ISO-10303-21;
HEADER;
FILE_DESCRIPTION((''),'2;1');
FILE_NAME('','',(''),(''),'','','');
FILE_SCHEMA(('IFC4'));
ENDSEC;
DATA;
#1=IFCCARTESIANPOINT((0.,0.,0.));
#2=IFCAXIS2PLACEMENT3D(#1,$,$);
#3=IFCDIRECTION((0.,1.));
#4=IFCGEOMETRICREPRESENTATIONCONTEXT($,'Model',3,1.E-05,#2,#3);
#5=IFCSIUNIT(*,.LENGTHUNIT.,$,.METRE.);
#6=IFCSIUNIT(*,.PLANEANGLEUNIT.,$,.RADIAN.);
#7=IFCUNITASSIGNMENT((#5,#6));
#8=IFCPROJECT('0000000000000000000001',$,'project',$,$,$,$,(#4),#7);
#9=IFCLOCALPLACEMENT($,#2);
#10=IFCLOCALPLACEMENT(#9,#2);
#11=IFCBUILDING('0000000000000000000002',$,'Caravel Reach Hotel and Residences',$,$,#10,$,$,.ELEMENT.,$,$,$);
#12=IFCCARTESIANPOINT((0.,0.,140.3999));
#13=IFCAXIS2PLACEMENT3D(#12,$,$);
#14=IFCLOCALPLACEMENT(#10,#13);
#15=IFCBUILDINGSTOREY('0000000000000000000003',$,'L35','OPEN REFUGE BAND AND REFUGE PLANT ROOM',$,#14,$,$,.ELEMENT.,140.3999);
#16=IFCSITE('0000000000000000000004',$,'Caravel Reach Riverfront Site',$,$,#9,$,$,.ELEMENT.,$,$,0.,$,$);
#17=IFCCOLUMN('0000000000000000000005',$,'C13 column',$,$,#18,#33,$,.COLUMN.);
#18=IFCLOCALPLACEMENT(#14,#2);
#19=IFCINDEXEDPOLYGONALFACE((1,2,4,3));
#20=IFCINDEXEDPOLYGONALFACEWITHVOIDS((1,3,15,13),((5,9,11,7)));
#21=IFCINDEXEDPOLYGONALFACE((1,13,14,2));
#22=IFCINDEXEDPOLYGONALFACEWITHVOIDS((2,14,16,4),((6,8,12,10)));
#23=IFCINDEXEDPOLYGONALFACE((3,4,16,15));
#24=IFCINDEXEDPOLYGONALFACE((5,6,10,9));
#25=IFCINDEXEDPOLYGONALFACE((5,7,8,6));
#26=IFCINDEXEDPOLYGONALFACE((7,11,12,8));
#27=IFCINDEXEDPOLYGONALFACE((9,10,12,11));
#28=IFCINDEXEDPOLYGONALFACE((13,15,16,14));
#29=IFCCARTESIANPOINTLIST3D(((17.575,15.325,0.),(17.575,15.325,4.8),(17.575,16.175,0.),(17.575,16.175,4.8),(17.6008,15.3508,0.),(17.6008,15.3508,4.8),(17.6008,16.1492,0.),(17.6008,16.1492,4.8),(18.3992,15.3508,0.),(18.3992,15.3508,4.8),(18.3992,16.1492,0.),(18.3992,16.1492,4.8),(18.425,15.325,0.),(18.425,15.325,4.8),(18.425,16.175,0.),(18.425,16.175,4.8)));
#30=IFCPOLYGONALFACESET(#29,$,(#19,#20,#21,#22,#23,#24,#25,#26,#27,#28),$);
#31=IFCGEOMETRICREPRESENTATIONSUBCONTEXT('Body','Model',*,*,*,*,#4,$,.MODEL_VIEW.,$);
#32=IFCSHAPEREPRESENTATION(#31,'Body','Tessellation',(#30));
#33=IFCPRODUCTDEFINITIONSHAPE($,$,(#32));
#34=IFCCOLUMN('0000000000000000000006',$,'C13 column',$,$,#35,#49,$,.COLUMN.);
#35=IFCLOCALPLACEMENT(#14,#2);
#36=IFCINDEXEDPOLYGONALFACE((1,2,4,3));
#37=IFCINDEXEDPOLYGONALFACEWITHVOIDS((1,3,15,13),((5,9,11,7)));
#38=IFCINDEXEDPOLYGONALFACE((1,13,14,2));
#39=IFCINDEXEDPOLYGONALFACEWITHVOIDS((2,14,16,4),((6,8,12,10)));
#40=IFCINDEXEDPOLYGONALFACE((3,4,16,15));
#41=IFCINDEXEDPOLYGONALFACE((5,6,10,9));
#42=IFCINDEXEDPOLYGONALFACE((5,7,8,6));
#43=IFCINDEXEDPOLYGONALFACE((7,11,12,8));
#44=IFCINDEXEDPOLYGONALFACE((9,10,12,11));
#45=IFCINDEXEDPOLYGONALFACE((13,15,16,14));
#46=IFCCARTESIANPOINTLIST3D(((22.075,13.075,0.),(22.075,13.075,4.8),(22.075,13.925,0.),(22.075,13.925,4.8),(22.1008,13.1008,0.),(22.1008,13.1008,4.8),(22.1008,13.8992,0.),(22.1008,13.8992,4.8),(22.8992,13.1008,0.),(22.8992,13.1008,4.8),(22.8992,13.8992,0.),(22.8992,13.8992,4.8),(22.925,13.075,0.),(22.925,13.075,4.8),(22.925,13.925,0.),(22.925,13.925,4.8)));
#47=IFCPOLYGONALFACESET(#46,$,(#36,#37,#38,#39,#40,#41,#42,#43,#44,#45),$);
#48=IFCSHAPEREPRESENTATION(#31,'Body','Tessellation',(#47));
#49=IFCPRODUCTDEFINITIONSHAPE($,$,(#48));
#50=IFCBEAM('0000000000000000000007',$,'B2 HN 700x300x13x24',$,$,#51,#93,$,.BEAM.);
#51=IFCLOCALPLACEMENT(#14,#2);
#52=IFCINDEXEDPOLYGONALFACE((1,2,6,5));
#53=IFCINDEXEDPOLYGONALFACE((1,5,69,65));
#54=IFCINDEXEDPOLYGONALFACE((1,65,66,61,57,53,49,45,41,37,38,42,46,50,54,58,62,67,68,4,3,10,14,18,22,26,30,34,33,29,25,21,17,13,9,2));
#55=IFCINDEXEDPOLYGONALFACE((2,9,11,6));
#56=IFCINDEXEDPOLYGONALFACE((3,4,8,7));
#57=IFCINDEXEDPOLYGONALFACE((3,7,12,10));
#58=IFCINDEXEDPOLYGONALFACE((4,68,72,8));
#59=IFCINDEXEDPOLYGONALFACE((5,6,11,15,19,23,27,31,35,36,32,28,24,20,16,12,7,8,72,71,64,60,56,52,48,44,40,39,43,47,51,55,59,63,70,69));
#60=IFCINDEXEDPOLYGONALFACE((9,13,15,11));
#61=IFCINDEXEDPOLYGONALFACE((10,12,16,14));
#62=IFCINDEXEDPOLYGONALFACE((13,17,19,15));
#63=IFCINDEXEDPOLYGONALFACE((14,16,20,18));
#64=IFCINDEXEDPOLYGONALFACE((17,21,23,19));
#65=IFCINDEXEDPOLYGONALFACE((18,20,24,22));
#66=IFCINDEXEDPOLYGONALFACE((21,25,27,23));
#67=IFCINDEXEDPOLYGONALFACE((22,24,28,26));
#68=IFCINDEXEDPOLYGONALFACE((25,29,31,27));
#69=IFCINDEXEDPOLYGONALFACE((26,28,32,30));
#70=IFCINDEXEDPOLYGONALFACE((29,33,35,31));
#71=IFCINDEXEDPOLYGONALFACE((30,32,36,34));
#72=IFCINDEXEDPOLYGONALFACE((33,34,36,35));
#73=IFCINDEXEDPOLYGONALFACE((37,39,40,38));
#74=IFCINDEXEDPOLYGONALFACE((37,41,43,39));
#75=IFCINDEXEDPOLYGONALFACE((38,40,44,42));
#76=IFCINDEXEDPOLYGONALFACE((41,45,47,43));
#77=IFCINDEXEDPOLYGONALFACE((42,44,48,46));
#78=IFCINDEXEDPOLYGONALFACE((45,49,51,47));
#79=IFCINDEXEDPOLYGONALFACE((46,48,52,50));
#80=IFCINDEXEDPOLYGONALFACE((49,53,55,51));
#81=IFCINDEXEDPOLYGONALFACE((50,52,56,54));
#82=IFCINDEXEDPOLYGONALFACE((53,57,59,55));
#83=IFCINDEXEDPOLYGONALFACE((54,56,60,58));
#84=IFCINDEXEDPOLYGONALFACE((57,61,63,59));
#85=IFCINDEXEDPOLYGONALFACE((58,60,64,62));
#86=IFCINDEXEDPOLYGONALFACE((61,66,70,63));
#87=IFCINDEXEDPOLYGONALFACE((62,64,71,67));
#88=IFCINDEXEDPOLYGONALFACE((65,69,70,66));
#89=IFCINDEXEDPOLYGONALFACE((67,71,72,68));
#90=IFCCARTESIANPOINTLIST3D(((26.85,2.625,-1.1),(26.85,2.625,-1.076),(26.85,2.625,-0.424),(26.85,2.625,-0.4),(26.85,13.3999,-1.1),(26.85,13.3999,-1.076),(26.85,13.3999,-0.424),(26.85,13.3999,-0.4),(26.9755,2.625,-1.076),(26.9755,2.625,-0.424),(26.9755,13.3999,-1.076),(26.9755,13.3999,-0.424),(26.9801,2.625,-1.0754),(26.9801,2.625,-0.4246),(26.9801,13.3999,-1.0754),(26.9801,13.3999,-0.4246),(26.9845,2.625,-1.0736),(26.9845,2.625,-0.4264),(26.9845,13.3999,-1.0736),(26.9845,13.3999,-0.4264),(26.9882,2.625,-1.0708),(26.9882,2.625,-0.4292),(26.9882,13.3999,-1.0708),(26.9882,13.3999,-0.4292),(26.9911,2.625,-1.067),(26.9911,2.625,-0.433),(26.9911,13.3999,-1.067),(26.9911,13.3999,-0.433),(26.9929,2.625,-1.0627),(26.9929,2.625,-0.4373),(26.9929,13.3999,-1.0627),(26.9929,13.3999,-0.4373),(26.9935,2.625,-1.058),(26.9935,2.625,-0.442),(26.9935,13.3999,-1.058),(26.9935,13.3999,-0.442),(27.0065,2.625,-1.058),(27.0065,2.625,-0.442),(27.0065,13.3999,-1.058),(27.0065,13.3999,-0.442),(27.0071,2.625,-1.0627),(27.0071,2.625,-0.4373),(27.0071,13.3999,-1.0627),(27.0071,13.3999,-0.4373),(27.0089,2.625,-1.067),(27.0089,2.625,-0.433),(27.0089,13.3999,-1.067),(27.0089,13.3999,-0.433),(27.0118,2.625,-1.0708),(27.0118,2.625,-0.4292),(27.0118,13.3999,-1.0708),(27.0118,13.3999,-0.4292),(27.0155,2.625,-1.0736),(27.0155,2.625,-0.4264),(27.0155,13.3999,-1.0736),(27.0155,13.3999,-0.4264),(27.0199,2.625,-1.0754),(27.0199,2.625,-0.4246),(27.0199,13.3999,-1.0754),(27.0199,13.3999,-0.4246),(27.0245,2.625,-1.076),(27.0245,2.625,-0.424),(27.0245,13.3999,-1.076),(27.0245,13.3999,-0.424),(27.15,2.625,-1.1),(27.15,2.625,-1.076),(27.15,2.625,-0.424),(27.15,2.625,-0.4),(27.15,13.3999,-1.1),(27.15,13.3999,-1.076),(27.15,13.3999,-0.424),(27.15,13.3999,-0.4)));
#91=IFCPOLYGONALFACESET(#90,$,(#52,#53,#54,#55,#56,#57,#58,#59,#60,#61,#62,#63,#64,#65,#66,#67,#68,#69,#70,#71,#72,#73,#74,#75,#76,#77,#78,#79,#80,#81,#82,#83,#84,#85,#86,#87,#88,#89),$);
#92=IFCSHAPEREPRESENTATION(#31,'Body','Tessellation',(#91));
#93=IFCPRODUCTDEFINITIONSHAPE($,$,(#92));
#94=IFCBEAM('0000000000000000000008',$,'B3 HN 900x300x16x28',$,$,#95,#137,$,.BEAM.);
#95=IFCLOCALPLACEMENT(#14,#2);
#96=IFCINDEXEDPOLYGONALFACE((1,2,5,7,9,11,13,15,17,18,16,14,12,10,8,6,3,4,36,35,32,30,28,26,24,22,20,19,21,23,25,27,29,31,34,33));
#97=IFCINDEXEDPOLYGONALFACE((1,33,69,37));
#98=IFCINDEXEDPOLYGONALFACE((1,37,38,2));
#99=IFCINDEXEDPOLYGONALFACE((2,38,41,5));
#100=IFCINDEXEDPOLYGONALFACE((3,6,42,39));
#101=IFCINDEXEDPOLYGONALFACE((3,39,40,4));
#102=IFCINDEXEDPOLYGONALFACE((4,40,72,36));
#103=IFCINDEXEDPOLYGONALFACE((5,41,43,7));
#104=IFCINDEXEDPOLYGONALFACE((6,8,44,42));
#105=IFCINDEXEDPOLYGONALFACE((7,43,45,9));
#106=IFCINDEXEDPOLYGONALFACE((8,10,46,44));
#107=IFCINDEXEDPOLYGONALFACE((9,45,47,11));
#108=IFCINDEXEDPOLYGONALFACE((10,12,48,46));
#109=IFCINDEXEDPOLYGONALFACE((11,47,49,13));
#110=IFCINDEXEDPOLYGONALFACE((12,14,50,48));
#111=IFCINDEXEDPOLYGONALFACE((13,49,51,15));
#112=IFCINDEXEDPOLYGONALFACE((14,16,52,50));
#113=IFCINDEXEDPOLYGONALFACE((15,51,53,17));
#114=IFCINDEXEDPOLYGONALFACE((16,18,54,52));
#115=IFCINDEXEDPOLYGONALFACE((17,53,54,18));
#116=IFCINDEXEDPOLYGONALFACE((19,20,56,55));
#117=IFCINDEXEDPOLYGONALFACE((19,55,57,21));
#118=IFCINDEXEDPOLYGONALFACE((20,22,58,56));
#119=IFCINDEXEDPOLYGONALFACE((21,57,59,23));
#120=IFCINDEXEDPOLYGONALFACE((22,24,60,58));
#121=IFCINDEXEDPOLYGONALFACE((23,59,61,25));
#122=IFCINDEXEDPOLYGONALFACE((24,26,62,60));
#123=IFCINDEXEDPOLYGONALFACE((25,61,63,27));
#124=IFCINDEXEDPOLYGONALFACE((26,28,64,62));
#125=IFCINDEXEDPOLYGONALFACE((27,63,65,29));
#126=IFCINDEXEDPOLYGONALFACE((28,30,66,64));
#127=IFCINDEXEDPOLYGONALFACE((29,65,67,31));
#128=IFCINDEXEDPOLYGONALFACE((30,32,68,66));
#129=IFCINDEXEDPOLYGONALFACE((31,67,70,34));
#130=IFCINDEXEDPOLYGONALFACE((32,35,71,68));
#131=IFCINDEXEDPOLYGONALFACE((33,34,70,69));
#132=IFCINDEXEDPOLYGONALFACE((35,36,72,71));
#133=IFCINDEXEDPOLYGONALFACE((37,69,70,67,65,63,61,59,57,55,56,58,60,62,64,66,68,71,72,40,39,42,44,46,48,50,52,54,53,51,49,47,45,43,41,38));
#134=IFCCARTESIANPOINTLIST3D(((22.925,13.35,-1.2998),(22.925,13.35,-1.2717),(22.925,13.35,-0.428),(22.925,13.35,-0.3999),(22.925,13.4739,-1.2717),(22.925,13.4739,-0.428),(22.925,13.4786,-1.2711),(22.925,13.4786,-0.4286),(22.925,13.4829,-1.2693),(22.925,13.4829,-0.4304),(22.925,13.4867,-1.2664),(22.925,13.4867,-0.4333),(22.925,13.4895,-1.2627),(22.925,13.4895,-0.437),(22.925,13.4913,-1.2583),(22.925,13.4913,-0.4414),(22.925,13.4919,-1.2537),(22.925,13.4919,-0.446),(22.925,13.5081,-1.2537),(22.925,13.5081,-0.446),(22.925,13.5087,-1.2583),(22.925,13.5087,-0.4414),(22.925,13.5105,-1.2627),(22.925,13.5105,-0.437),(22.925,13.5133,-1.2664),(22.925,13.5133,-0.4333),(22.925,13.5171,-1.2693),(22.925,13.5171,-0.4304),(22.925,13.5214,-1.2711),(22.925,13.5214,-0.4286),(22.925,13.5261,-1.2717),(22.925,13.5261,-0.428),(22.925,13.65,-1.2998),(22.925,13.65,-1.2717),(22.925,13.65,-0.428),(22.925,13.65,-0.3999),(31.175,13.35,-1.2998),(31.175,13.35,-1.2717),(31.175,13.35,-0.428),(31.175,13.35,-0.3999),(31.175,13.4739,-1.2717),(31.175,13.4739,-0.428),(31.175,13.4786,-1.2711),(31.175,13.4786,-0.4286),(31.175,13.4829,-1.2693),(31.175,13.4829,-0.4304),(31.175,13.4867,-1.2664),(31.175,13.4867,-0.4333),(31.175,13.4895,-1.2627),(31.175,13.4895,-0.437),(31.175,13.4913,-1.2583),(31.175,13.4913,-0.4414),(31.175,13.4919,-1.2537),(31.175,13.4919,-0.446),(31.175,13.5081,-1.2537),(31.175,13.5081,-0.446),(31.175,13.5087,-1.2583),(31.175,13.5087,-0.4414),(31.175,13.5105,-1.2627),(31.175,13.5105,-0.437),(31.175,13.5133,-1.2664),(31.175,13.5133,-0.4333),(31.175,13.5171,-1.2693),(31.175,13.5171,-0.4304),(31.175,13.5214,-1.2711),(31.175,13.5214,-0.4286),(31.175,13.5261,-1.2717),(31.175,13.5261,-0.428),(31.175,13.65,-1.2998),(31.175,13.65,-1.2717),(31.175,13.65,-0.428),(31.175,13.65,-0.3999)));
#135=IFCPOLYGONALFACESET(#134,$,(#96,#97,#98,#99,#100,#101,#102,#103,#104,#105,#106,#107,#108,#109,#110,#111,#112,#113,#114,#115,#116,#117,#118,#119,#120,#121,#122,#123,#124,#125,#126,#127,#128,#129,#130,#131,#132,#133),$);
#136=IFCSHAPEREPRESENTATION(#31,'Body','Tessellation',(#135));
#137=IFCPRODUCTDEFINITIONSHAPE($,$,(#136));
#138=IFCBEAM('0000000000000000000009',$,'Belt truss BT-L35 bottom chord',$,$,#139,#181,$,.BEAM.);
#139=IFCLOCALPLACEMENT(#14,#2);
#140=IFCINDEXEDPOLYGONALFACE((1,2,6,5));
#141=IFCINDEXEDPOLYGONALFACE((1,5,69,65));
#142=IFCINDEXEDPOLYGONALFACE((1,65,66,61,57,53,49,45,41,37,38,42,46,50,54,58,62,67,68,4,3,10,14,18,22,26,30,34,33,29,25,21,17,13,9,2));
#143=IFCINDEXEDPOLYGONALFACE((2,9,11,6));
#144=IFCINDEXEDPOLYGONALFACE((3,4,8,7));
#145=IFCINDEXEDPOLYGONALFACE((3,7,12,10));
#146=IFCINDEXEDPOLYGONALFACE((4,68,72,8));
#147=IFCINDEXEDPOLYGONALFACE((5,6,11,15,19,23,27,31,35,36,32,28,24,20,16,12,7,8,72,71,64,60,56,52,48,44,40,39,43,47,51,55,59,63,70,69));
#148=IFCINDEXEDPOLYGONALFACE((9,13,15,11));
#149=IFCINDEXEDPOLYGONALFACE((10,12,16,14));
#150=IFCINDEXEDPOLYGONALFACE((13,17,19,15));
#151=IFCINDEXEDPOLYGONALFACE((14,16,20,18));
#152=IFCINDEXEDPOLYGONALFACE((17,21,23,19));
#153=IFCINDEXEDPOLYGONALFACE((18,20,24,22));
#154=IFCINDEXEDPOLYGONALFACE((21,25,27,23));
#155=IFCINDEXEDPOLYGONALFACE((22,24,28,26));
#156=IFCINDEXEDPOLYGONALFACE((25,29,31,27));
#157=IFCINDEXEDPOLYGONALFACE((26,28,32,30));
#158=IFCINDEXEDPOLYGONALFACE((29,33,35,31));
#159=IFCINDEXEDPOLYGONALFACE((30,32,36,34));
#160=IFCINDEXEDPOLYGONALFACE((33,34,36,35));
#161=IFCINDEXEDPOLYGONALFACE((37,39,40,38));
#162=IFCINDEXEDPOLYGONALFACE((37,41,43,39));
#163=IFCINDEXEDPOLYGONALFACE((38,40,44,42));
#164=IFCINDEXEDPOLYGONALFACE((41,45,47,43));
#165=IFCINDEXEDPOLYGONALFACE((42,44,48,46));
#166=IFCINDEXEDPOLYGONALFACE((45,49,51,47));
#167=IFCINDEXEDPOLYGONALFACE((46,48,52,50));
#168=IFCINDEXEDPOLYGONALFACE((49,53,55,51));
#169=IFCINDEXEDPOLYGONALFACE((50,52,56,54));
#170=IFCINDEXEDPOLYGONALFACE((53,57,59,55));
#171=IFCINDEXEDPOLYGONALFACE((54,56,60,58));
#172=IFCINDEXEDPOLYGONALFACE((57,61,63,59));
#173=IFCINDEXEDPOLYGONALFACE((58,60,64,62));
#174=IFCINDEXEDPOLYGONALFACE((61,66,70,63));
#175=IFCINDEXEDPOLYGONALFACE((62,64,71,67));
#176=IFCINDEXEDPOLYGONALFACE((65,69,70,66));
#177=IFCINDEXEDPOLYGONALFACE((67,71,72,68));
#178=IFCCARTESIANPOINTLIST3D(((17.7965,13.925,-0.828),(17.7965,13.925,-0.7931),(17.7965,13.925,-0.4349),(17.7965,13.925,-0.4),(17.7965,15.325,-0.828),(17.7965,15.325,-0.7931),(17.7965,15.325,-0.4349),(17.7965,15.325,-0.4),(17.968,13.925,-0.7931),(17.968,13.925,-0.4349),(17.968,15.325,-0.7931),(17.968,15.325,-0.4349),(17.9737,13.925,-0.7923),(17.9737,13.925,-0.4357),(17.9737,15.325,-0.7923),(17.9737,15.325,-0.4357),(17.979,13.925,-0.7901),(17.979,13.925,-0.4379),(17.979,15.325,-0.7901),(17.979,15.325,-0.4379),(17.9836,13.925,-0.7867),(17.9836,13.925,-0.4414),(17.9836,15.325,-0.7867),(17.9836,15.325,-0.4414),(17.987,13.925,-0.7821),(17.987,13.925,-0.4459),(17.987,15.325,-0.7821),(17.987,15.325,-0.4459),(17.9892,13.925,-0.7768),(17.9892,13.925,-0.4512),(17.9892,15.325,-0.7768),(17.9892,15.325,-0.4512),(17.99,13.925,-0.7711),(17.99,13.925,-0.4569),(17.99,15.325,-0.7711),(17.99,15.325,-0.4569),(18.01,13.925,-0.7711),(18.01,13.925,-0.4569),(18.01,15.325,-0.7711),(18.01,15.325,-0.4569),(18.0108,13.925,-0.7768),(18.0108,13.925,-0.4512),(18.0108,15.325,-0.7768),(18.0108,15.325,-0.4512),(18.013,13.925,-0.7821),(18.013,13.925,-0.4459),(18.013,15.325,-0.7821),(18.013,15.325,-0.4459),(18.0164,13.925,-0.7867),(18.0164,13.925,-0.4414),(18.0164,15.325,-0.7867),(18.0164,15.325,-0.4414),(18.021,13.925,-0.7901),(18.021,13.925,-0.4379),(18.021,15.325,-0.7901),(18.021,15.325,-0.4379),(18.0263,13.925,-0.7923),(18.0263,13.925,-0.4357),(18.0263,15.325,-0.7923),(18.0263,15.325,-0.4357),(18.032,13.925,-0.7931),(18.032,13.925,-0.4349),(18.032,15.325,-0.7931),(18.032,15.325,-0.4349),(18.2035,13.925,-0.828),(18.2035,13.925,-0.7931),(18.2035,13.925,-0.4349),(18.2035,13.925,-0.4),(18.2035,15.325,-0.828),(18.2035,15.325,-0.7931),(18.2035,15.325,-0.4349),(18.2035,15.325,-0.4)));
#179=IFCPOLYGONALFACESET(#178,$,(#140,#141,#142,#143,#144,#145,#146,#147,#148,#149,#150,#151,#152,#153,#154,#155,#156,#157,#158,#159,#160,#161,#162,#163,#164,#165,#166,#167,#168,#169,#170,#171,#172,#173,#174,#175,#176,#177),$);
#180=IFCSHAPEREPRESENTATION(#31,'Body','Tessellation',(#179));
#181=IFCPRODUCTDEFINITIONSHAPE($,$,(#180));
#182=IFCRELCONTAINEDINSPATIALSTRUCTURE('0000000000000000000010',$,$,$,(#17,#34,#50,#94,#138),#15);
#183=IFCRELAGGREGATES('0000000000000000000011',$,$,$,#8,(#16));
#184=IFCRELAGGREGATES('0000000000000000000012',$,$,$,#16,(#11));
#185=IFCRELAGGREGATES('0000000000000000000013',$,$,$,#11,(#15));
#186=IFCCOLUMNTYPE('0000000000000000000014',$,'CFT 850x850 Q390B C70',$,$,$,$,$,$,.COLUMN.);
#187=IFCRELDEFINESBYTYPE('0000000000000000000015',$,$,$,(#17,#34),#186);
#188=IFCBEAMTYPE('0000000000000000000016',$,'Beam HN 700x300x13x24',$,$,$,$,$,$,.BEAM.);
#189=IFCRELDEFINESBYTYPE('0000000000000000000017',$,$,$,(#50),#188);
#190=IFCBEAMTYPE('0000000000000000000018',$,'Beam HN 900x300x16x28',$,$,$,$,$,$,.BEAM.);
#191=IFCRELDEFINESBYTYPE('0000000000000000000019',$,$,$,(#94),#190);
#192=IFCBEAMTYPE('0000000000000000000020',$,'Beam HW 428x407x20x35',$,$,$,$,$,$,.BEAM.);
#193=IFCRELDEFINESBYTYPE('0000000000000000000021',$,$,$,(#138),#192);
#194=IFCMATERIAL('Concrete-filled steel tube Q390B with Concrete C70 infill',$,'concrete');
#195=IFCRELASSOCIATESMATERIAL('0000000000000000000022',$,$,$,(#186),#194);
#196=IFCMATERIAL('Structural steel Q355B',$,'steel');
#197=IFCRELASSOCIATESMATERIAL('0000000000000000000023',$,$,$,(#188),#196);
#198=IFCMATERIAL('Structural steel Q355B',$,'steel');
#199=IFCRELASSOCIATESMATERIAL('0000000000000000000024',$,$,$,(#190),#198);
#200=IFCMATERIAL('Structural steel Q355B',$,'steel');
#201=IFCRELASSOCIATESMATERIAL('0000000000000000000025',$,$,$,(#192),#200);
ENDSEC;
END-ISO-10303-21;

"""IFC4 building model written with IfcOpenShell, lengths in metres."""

from ifc_helpers import new_model, si_unit, direction, frame, origin, origin_2d, place, context, subcontext, project, spatial, hollow_rectangle, i_section, extrude, material, material_profile, profile_set, type_object, element, save


model = new_model("IFC4")

# Units and contexts
model_context = context("Model", 3, precision=1e-05, world=origin(), true_north=direction((0.0, 1.0)))
body_context = subcontext(model_context, "Body", "Model", "MODEL_VIEW")
ifc_project = project(units=[si_unit("LENGTHUNIT", "METRE"), si_unit("PLANEANGLEUNIT", "RADIAN")], contexts=[model_context])

# Site, building, storey
site_placement = place(None, origin())
site = spatial("IfcSite", under=ifc_project, at=site_placement, Name="Caravel Reach Riverfront Site", CompositionType="ELEMENT", RefElevation=0.0)
building_placement = place(site_placement, origin())
building = spatial("IfcBuilding", under=site, at=building_placement, Name="Caravel Reach Hotel and Residences", CompositionType="ELEMENT")
storey_placement = place(building_placement, frame((0.0, 0.0, 140.3999)))
storey = spatial("IfcBuildingStorey", under=building, at=storey_placement, Name="L35", Description="OPEN REFUGE BAND AND REFUGE PLANT ROOM", CompositionType="ELEMENT", Elevation=140.3999)

# Columns
ifc_material_1 = material(Name="Concrete-filled steel tube Q390B with Concrete C70 infill", Category="concrete")
ifc_material_profile_1 = material_profile(ifc_material_1, hollow_rectangle(XDim=0.8501, YDim=0.8501, WallThickness=0.0259, at=origin_2d()), Name="RHS 850x850x26")
ifc_profile_set_1 = profile_set([ifc_material_profile_1], Name="Concrete-filled steel tube Q390B with Concrete C70 infill")
column_type = type_object("IfcColumnType", Name="CFT 850x850 Q390B C70", PredefinedType="COLUMN", material=ifc_profile_set_1)
for number, where, z_axis, x_axis, name in (
    (1, (18.0, 15.75, 0.0), (0.0, 0.0, 1.0), (1.0, 0.0, 0.0), "C13 column"),
    (2, (22.5, 13.5, 0.0), (0.0, 0.0, 1.0), (1.0, 0.0, 0.0), "C13 column"),
):
    element("IfcColumn", number, at=place(storey_placement, frame(where, z_axis=z_axis, x_axis=x_axis)), inside=storey, type_object=column_type, Name=name, PredefinedType="COLUMN", context=body_context, shape_type="SweptSolid", body=[
        extrude(hollow_rectangle(XDim=0.8501, YDim=0.8501, WallThickness=0.0259, at=origin_2d()), origin(), (0.0, 0.0, 1.0), 4.8),
    ])

# Beams
ifc_material_2 = material(Name="Structural steel Q355B", Category="steel")
ifc_material_profile_2 = material_profile(ifc_material_2, i_section(OverallWidth=0.3, OverallDepth=0.7, WebThickness=0.0129, FlangeThickness=0.0239, FilletRadius=0.0181, at=origin_2d()), Name="HN 700x300x13x24")
ifc_profile_set_2 = profile_set([ifc_material_profile_2], Name="Structural steel Q355B")
beam_type_1 = type_object("IfcBeamType", Name="Beam HN 700x300x13x24", PredefinedType="BEAM", material=ifc_profile_set_2)
beam_1_placement = place(storey_placement, frame((27.0, 13.3999, -0.75), z_axis=(0.0, -1.0, 0.0), x_axis=(1.0, 0.0, 0.0)))
element("IfcBeam", 3, at=beam_1_placement, inside=storey, type_object=beam_type_1, Name="B2 HN 700x300x13x24", PredefinedType="BEAM", context=body_context, shape_type="SweptSolid", body=[
    extrude(i_section(OverallWidth=0.3, OverallDepth=0.7, WebThickness=0.0129, FlangeThickness=0.0239, FilletRadius=0.0181, at=origin_2d()), origin(), (0.0, 0.0, 1.0), 10.7749),
])
ifc_material_3 = material(Name="Structural steel Q355B", Category="steel")
ifc_material_profile_3 = material_profile(ifc_material_3, i_section(OverallWidth=0.3, OverallDepth=0.8999, WebThickness=0.0161, FlangeThickness=0.0281, FilletRadius=0.0181, at=origin_2d()), Name="HN 900x300x16x28")
ifc_profile_set_3 = profile_set([ifc_material_profile_3], Name="Structural steel Q355B")
beam_type_2 = type_object("IfcBeamType", Name="Beam HN 900x300x16x28", PredefinedType="BEAM", material=ifc_profile_set_3)
beam_2_placement = place(storey_placement, frame((22.925, 13.5, -0.8499), z_axis=(1.0, 0.0, 0.0), x_axis=(0.0, 1.0, 0.0)))
element("IfcBeam", 4, at=beam_2_placement, inside=storey, type_object=beam_type_2, Name="B3 HN 900x300x16x28", PredefinedType="BEAM", context=body_context, shape_type="SweptSolid", body=[
    extrude(i_section(OverallWidth=0.3, OverallDepth=0.8999, WebThickness=0.0161, FlangeThickness=0.0281, FilletRadius=0.0181, at=origin_2d()), origin(), (0.0, 0.0, 1.0), 8.25),
])
ifc_material_4 = material(Name="Structural steel Q355B", Category="steel")
ifc_material_profile_4 = material_profile(ifc_material_4, i_section(OverallWidth=0.407, OverallDepth=0.428, WebThickness=0.02, FlangeThickness=0.0349, FilletRadius=0.022, at=origin_2d()), Name="HW 428x407x20x35")
ifc_profile_set_4 = profile_set([ifc_material_profile_4], Name="Structural steel Q355B")
beam_type_3 = type_object("IfcBeamType", Name="Beam HW 428x407x20x35", PredefinedType="BEAM", material=ifc_profile_set_4)
for number, where, z_axis, x_axis, name in (
    (5, (18.0, 15.325, -0.614), (0.0, -1.0, 0.0), (1.0, 0.0, 0.0), "Belt truss BT-L35 bottom chord"),
):
    element("IfcBeam", number, at=place(storey_placement, frame(where, z_axis=z_axis, x_axis=x_axis)), inside=storey, type_object=beam_type_3, Name=name, PredefinedType="BEAM", context=body_context, shape_type="SweptSolid", body=[
        extrude(i_section(OverallWidth=0.407, OverallDepth=0.428, WebThickness=0.02, FlangeThickness=0.0349, FilletRadius=0.022, at=origin_2d()), origin(), (0.0, 0.0, 1.0), 1.3999),
    ])

save(model, "model.ifc")
